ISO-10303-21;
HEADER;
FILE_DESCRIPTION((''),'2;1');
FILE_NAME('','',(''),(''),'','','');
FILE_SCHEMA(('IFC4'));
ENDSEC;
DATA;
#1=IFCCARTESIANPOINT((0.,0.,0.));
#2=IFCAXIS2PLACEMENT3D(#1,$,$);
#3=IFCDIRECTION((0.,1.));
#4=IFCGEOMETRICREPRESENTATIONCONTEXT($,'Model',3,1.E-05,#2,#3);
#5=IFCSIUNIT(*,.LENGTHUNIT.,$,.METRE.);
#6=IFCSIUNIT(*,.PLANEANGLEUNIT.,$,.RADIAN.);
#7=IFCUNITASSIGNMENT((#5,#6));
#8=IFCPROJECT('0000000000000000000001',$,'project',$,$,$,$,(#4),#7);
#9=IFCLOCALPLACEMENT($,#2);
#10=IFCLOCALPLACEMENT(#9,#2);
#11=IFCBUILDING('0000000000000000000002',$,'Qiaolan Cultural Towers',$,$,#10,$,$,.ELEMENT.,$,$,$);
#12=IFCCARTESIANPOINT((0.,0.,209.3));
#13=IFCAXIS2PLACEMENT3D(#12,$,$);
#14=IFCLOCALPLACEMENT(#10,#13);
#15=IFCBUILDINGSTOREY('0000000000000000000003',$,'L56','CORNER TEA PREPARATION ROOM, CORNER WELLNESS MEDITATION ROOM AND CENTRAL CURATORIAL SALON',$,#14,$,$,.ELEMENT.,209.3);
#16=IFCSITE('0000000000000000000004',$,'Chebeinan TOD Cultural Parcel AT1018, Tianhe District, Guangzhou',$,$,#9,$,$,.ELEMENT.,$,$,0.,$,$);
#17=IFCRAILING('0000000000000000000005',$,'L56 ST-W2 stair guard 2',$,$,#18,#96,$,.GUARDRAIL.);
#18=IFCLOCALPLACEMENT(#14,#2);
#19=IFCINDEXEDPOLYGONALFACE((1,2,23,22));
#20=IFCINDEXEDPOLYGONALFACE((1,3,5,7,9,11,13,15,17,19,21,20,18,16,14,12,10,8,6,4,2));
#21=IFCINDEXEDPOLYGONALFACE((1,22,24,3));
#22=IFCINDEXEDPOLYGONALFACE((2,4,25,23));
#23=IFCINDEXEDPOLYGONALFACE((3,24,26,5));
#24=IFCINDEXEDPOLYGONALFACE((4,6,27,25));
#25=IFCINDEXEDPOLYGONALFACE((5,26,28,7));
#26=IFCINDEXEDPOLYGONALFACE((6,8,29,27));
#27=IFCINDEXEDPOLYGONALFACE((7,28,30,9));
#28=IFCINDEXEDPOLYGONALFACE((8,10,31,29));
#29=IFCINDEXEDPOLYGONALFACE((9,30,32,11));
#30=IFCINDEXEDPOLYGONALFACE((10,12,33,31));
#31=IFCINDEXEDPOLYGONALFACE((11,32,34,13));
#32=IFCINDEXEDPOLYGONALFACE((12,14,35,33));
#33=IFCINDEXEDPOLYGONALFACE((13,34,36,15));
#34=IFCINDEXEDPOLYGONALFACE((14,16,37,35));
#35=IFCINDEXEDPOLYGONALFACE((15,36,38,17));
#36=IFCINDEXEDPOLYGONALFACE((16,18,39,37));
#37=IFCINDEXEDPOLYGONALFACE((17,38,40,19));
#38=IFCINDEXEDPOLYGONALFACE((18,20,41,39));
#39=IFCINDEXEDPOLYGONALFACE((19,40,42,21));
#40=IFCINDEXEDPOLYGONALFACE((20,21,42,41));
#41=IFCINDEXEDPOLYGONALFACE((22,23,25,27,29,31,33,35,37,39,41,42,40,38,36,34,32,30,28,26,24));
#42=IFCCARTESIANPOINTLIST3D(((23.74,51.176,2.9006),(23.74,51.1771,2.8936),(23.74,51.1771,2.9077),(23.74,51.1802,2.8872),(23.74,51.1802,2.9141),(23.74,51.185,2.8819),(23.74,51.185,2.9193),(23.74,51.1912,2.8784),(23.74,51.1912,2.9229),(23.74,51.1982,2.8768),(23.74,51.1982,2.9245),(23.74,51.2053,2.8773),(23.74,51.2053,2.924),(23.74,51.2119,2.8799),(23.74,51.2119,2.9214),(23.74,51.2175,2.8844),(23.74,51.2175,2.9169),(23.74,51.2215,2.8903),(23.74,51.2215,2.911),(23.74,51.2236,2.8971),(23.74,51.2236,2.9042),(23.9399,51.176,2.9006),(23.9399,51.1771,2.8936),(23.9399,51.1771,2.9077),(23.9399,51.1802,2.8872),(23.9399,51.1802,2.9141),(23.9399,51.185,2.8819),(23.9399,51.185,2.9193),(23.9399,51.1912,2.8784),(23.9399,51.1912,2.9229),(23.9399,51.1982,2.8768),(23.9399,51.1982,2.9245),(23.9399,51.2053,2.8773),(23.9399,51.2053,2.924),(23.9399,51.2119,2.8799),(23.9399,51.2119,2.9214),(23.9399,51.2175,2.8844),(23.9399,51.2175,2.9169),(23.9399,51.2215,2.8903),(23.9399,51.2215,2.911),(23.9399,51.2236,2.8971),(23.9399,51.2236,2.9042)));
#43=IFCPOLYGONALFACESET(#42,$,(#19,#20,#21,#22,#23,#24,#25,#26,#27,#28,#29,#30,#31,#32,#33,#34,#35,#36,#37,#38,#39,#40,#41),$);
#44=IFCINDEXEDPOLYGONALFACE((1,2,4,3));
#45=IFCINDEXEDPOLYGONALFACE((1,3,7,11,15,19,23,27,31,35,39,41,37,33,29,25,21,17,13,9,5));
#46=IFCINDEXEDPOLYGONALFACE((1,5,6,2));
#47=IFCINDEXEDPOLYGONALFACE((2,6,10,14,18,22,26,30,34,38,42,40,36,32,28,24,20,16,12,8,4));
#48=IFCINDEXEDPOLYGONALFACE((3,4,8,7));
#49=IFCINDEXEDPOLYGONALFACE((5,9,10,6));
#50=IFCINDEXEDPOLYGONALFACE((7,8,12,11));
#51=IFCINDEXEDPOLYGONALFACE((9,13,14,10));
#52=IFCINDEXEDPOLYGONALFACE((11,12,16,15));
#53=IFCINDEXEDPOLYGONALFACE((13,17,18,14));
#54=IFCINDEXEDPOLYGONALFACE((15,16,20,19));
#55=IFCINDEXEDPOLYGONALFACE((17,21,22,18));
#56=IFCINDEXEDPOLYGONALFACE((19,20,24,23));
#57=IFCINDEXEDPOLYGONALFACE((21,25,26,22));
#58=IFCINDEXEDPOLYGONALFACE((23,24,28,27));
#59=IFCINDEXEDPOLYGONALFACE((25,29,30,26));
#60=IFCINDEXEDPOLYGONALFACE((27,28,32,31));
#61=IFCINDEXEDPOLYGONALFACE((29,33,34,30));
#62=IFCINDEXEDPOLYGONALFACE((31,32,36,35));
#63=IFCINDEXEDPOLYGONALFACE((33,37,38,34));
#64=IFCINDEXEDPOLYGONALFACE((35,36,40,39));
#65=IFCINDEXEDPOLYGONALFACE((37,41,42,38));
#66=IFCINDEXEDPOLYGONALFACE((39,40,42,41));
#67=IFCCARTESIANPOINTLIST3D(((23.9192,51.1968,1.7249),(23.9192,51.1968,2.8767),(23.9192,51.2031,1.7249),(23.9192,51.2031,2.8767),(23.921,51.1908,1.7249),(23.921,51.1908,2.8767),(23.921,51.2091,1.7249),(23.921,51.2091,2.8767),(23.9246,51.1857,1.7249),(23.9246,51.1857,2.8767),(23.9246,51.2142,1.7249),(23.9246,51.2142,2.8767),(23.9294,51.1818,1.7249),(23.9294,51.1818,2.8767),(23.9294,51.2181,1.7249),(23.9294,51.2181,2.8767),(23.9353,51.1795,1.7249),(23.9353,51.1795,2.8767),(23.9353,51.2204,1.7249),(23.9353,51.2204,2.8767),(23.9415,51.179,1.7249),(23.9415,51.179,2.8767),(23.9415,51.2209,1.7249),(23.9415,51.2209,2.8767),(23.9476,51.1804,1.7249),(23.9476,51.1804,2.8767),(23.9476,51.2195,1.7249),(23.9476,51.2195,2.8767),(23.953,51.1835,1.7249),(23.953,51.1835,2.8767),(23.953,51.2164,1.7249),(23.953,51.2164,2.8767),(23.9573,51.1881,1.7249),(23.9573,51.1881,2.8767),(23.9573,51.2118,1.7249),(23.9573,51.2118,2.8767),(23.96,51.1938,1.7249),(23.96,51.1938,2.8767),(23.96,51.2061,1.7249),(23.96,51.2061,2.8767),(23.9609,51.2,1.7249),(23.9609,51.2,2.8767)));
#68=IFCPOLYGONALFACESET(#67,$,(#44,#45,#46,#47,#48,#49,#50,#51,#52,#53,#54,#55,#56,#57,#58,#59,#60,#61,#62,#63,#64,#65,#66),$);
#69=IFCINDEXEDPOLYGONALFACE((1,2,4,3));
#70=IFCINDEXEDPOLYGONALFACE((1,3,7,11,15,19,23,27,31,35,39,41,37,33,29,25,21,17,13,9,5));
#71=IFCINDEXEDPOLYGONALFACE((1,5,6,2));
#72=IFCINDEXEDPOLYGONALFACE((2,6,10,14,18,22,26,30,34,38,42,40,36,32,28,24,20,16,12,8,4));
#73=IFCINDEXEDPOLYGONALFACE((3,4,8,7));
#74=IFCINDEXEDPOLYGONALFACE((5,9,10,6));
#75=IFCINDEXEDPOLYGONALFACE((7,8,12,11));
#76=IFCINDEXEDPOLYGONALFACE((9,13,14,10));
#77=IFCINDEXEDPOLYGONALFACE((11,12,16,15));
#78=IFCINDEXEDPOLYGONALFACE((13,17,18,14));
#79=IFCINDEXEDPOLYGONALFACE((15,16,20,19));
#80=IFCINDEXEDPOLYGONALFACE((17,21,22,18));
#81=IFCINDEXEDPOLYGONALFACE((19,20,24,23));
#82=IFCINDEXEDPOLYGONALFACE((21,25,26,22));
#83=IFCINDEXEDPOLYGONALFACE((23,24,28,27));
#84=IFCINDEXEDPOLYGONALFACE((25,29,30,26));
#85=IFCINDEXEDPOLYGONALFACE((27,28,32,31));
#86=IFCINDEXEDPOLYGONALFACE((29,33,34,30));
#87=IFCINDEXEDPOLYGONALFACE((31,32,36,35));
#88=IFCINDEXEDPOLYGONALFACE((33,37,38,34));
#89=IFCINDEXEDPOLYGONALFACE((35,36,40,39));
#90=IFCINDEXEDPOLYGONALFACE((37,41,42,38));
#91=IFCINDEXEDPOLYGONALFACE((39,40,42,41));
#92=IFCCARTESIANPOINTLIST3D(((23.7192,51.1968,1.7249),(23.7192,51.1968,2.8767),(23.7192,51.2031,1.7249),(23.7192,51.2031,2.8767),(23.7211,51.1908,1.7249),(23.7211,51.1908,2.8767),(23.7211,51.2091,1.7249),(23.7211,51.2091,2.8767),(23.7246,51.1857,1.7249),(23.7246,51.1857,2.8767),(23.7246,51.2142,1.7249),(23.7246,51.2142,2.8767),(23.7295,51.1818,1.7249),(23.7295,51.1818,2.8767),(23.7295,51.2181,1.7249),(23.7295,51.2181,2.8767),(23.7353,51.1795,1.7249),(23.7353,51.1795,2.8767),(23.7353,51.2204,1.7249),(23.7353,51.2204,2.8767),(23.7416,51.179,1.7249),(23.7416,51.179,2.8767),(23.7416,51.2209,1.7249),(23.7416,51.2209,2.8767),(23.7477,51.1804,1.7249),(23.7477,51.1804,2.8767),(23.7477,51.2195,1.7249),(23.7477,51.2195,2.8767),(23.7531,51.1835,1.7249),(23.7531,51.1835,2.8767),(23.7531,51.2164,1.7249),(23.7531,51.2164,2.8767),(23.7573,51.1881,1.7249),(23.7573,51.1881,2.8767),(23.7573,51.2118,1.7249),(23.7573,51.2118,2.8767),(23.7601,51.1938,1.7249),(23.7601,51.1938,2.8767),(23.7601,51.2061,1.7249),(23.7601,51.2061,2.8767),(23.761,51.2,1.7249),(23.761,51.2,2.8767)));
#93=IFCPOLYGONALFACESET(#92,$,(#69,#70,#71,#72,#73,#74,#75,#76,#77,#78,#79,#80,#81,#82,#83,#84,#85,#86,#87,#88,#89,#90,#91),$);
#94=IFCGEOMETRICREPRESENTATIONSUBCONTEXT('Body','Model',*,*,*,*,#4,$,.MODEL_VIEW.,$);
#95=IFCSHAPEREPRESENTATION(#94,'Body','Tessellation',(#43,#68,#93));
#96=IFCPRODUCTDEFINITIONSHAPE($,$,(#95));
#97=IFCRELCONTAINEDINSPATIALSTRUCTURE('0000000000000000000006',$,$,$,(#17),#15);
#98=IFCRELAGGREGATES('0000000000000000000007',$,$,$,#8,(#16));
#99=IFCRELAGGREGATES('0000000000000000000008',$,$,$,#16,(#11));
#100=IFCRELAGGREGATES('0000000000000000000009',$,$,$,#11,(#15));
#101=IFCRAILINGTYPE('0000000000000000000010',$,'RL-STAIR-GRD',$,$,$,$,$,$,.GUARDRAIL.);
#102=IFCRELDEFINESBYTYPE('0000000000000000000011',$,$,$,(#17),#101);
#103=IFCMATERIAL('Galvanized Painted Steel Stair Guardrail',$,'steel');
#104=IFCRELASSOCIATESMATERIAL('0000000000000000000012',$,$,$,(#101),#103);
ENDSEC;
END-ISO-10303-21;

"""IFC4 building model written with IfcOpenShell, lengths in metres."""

from ifc_helpers import new_model, si_unit, direction, frame, origin, origin_2d, place, context, subcontext, project, spatial, circle, extrude, material, type_object, element, save


model = new_model("IFC4")

# Units and contexts
model_context = context("Model", 3, precision=1e-05, world=origin(), true_north=direction((0.0, 1.0)))
body_context = subcontext(model_context, "Body", "Model", "MODEL_VIEW")
ifc_project = project(units=[si_unit("LENGTHUNIT", "METRE"), si_unit("PLANEANGLEUNIT", "RADIAN")], contexts=[model_context])

# Site, building, storey
site_placement = place(None, origin())
site = spatial("IfcSite", under=ifc_project, at=site_placement, Name="Chebeinan TOD Cultural Parcel AT1018, Tianhe District, Guangzhou", CompositionType="ELEMENT", RefElevation=0.0)
building_placement = place(site_placement, origin())
building = spatial("IfcBuilding", under=site, at=building_placement, Name="Qiaolan Cultural Towers", CompositionType="ELEMENT")
storey_placement = place(building_placement, frame((0.0, 0.0, 209.3)))
storey = spatial("IfcBuildingStorey", under=building, at=storey_placement, Name="L56", Description="CORNER TEA PREPARATION ROOM, CORNER WELLNESS MEDITATION ROOM AND CENTRAL CURATORIAL SALON", CompositionType="ELEMENT", Elevation=209.3)

# Railing
ifc_material_1 = material(Name="Galvanized Painted Steel Stair Guardrail", Category="steel")
railing_type_1 = type_object("IfcRailingType", Name="RL-STAIR-GRD", PredefinedType="GUARDRAIL", material=ifc_material_1)
railing_1_placement = place(storey_placement, frame((23.9399, 51.2, 1.7249)))
element("IfcRailing", 1, at=railing_1_placement, inside=storey, type_object=railing_type_1, Name="L56 ST-W2 stair guard 2", PredefinedType="GUARDRAIL", context=body_context, shape_type="SweptSolid", body=[
    extrude(circle(Radius=0.0239, at=origin_2d()), frame((0.0, 0.0, 1.1758), z_axis=(-1.0, 0.0, 0.0), x_axis=(0.0, -1.0, 0.0)), (0.0, 0.0, 1.0), 0.2),
    extrude(circle(Radius=0.021, at=origin_2d()), origin(), (0.0, 0.0, 1.0), 1.1519),
    extrude(circle(Radius=0.021, at=origin_2d()), frame((-0.2, 0.0, 0.0)), (0.0, 0.0, 1.0), 1.1519),
])

save(model, "model.ifc")
